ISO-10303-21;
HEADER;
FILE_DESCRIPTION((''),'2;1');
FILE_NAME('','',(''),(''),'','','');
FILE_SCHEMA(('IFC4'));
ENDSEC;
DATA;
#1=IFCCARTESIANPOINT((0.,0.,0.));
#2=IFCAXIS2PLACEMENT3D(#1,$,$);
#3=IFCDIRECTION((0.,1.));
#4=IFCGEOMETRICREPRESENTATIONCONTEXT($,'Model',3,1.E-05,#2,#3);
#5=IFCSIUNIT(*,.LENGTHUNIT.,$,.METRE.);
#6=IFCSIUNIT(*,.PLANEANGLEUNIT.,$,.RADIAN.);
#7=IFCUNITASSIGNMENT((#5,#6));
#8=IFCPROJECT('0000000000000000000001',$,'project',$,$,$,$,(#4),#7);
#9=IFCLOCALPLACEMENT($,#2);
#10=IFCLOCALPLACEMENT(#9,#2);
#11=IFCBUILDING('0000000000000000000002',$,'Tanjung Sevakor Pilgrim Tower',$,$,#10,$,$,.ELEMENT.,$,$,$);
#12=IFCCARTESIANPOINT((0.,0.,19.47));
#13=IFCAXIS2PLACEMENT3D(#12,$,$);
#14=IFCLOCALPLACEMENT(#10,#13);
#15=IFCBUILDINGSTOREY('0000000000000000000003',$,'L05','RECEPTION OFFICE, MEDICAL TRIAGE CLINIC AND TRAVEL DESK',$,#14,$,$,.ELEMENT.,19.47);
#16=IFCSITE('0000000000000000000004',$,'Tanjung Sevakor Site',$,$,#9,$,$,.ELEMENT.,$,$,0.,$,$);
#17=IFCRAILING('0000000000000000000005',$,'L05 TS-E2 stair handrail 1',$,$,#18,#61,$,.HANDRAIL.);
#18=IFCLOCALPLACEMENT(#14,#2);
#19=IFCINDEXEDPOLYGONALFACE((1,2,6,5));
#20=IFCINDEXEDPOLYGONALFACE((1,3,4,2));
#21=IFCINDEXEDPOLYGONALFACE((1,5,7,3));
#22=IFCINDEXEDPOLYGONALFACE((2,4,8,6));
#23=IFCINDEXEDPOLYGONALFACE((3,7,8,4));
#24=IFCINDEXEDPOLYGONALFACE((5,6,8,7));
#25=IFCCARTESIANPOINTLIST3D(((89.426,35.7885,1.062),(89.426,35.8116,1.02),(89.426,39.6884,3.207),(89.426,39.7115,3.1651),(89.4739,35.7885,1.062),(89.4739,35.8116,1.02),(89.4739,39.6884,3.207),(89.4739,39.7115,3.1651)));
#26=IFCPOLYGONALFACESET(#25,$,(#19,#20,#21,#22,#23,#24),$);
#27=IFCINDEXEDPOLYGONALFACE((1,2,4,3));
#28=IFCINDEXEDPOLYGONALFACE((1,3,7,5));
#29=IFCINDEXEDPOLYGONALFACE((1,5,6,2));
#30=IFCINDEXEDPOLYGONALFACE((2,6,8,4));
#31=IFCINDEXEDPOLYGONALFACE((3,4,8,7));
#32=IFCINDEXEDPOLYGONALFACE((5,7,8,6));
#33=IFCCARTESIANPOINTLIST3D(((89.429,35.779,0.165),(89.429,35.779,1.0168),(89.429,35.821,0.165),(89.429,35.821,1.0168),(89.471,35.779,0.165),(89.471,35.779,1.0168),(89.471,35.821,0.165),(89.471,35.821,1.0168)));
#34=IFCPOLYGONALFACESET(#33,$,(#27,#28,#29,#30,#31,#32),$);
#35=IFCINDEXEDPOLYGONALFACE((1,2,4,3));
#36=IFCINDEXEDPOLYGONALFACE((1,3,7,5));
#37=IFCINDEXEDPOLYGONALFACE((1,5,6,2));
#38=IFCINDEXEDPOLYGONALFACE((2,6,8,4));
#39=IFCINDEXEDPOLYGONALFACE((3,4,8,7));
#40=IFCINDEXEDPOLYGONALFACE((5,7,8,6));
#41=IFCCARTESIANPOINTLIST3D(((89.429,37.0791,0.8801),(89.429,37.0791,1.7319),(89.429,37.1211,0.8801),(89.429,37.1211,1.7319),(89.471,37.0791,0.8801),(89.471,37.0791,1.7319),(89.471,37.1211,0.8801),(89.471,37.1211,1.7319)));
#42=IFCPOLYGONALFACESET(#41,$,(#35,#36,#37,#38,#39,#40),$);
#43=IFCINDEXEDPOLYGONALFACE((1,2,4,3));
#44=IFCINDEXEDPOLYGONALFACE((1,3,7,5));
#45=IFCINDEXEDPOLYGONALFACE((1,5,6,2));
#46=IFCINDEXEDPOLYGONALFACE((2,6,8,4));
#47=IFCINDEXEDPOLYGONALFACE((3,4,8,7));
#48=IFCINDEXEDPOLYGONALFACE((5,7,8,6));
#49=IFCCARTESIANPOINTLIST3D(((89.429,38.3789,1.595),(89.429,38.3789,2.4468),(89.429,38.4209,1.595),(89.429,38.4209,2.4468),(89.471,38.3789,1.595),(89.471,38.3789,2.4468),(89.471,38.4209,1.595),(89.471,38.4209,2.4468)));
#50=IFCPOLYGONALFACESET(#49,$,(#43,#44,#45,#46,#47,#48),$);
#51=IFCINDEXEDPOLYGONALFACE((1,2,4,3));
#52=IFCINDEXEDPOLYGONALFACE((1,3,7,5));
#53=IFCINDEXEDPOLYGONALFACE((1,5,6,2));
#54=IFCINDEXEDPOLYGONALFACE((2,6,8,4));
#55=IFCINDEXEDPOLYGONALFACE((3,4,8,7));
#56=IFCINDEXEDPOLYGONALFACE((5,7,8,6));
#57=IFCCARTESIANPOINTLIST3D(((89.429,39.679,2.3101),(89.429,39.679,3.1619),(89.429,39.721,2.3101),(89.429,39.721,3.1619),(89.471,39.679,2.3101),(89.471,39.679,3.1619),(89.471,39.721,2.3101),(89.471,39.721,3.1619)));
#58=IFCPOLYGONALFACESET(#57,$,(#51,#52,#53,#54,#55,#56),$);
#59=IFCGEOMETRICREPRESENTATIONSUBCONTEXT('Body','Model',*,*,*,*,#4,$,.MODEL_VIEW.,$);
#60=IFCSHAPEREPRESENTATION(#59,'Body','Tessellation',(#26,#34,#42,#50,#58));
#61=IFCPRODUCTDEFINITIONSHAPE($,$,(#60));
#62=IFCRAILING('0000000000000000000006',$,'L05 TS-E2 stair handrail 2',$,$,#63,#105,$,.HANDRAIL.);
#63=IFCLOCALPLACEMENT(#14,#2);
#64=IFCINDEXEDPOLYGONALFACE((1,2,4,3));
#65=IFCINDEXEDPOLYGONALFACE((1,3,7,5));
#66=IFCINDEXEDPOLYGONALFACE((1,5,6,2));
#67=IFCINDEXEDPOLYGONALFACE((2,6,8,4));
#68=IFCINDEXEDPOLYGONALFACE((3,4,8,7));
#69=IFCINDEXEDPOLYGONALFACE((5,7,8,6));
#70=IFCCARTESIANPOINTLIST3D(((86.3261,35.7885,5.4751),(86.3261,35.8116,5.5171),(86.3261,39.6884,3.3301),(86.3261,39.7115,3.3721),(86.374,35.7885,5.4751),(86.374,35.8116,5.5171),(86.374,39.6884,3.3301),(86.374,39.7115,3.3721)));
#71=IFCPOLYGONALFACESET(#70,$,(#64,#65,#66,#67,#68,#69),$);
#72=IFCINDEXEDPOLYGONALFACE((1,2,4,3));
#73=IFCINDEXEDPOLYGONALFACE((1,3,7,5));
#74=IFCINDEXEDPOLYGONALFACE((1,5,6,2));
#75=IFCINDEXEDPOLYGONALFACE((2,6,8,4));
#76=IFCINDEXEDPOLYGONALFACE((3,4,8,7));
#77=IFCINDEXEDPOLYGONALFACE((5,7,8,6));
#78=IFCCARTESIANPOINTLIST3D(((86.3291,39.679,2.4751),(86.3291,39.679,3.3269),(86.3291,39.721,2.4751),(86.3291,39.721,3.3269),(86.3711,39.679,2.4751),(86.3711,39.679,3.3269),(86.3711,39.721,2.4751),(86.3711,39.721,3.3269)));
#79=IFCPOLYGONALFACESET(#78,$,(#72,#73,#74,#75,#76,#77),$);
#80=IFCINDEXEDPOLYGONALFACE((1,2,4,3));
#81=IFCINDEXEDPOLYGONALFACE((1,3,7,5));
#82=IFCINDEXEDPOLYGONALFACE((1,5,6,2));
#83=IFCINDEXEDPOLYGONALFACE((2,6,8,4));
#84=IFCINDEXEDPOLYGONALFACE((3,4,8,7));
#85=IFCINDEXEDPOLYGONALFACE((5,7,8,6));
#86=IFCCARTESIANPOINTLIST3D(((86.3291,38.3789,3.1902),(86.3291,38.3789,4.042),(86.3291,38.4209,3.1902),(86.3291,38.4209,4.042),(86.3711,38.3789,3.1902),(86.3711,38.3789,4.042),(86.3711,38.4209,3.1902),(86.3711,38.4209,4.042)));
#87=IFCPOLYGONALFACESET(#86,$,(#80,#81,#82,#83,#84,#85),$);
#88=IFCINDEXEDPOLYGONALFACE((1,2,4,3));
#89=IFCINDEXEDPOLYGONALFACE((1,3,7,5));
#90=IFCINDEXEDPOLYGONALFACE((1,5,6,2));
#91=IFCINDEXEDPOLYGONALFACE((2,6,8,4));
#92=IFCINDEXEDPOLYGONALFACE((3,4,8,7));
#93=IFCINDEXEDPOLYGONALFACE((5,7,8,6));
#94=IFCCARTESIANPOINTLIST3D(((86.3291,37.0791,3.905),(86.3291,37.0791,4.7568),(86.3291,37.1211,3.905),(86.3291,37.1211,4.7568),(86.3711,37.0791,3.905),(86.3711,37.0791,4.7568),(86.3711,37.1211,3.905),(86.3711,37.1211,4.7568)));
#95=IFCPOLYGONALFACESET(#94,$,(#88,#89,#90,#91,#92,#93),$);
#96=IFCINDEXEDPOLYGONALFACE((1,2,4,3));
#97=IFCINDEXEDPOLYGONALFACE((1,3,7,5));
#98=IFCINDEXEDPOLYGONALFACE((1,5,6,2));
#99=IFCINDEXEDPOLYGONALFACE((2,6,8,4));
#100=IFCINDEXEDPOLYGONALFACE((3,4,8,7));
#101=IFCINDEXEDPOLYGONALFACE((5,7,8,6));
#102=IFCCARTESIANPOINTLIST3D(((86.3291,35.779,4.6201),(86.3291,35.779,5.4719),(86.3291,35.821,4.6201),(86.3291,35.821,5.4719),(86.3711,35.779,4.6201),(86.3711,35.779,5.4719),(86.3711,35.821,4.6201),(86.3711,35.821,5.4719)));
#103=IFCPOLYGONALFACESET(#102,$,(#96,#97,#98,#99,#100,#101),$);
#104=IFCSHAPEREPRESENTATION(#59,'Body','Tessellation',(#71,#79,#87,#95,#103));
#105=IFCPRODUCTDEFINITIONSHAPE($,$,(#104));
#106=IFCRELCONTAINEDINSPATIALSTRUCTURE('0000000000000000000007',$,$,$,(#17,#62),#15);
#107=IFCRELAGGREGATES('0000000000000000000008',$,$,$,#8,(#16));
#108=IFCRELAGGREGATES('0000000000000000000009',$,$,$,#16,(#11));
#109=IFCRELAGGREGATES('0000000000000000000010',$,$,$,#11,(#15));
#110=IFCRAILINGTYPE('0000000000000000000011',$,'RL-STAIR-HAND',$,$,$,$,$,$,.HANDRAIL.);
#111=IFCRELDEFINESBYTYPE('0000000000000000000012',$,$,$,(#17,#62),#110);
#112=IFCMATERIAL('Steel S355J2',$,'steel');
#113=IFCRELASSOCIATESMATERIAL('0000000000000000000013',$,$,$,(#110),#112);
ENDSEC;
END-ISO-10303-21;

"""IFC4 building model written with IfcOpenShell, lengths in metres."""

from ifc_helpers import new_model, si_unit, direction, frame, origin, place, context, subcontext, project, spatial, rectangle, extrude, material, type_object, element, save


model = new_model("IFC4")

# Units and contexts
model_context = context("Model", 3, precision=1e-05, world=origin(), true_north=direction((0.0, 1.0)))
body_context = subcontext(model_context, "Body", "Model", "MODEL_VIEW")
ifc_project = project(units=[si_unit("LENGTHUNIT", "METRE"), si_unit("PLANEANGLEUNIT", "RADIAN")], contexts=[model_context])

# Site, building, storey
site_placement = place(None, origin())
site = spatial("IfcSite", under=ifc_project, at=site_placement, Name="Tanjung Sevakor Site", CompositionType="ELEMENT", RefElevation=0.0)
building_placement = place(site_placement, origin())
building = spatial("IfcBuilding", under=site, at=building_placement, Name="Tanjung Sevakor Pilgrim Tower", CompositionType="ELEMENT")
storey_placement = place(building_placement, frame((0.0, 0.0, 19.47)))
storey = spatial("IfcBuildingStorey", under=building, at=storey_placement, Name="L05", Description="RECEPTION OFFICE, MEDICAL TRIAGE CLINIC AND TRAVEL DESK", CompositionType="ELEMENT", Elevation=19.47)

# Railings
ifc_material_1 = material(Name="Steel S355J2", Category="steel")
railing_type_1 = type_object("IfcRailingType", Name="RL-STAIR-HAND", PredefinedType="HANDRAIL", material=ifc_material_1)
railing_1_placement = place(storey_placement, frame((89.45, 35.8, 0.165)))
element("IfcRailing", 1, at=railing_1_placement, inside=storey, type_object=railing_type_1, Name="L05 TS-E2 stair handrail 1", PredefinedType="HANDRAIL", context=body_context, shape_type="SweptSolid", body=[
    extrude(rectangle(XDim=0.0479, YDim=0.0479), frame((0.0, 0.0, 0.876), z_axis=(0.0, 0.876209, 0.481931), x_axis=(-1.0, 0.0, 0.0)), (0.0, 0.0, 1.0), 4.4509),
    extrude(rectangle(XDim=0.042, YDim=0.042), origin(), (0.0, 0.0, 1.0), 0.8518),
    extrude(rectangle(XDim=0.042, YDim=0.042), frame((0.0, 1.3, 0.7151)), (0.0, 0.0, 1.0), 0.8518),
    extrude(rectangle(XDim=0.042, YDim=0.042), frame((0.0, 2.5999, 1.4299)), (0.0, 0.0, 1.0), 0.8518),
    extrude(rectangle(XDim=0.042, YDim=0.042), frame((0.0, 3.8999, 2.145)), (0.0, 0.0, 1.0), 0.8518),
])
railing_2_placement = place(storey_placement, frame((86.3501, 39.7, 2.4751)))
element("IfcRailing", 2, at=railing_2_placement, inside=storey, type_object=railing_type_1, Name="L05 TS-E2 stair handrail 2", PredefinedType="HANDRAIL", context=body_context, shape_type="SweptSolid", body=[
    extrude(rectangle(XDim=0.0479, YDim=0.0479), frame((0.0, 0.0, 0.876), z_axis=(0.0, -0.876209, 0.481931), x_axis=(1.0, 0.0, 0.0)), (0.0, 0.0, 1.0), 4.4509),
    extrude(rectangle(XDim=0.042, YDim=0.042), origin(), (0.0, 0.0, 1.0), 0.8518),
    extrude(rectangle(XDim=0.042, YDim=0.042), frame((0.0, -1.3, 0.7151)), (0.0, 0.0, 1.0), 0.8518),
    extrude(rectangle(XDim=0.042, YDim=0.042), frame((0.0, -2.5999, 1.4299)), (0.0, 0.0, 1.0), 0.8518),
    extrude(rectangle(XDim=0.042, YDim=0.042), frame((0.0, -3.8999, 2.145)), (0.0, 0.0, 1.0), 0.8518),
])

save(model, "model.ifc")
